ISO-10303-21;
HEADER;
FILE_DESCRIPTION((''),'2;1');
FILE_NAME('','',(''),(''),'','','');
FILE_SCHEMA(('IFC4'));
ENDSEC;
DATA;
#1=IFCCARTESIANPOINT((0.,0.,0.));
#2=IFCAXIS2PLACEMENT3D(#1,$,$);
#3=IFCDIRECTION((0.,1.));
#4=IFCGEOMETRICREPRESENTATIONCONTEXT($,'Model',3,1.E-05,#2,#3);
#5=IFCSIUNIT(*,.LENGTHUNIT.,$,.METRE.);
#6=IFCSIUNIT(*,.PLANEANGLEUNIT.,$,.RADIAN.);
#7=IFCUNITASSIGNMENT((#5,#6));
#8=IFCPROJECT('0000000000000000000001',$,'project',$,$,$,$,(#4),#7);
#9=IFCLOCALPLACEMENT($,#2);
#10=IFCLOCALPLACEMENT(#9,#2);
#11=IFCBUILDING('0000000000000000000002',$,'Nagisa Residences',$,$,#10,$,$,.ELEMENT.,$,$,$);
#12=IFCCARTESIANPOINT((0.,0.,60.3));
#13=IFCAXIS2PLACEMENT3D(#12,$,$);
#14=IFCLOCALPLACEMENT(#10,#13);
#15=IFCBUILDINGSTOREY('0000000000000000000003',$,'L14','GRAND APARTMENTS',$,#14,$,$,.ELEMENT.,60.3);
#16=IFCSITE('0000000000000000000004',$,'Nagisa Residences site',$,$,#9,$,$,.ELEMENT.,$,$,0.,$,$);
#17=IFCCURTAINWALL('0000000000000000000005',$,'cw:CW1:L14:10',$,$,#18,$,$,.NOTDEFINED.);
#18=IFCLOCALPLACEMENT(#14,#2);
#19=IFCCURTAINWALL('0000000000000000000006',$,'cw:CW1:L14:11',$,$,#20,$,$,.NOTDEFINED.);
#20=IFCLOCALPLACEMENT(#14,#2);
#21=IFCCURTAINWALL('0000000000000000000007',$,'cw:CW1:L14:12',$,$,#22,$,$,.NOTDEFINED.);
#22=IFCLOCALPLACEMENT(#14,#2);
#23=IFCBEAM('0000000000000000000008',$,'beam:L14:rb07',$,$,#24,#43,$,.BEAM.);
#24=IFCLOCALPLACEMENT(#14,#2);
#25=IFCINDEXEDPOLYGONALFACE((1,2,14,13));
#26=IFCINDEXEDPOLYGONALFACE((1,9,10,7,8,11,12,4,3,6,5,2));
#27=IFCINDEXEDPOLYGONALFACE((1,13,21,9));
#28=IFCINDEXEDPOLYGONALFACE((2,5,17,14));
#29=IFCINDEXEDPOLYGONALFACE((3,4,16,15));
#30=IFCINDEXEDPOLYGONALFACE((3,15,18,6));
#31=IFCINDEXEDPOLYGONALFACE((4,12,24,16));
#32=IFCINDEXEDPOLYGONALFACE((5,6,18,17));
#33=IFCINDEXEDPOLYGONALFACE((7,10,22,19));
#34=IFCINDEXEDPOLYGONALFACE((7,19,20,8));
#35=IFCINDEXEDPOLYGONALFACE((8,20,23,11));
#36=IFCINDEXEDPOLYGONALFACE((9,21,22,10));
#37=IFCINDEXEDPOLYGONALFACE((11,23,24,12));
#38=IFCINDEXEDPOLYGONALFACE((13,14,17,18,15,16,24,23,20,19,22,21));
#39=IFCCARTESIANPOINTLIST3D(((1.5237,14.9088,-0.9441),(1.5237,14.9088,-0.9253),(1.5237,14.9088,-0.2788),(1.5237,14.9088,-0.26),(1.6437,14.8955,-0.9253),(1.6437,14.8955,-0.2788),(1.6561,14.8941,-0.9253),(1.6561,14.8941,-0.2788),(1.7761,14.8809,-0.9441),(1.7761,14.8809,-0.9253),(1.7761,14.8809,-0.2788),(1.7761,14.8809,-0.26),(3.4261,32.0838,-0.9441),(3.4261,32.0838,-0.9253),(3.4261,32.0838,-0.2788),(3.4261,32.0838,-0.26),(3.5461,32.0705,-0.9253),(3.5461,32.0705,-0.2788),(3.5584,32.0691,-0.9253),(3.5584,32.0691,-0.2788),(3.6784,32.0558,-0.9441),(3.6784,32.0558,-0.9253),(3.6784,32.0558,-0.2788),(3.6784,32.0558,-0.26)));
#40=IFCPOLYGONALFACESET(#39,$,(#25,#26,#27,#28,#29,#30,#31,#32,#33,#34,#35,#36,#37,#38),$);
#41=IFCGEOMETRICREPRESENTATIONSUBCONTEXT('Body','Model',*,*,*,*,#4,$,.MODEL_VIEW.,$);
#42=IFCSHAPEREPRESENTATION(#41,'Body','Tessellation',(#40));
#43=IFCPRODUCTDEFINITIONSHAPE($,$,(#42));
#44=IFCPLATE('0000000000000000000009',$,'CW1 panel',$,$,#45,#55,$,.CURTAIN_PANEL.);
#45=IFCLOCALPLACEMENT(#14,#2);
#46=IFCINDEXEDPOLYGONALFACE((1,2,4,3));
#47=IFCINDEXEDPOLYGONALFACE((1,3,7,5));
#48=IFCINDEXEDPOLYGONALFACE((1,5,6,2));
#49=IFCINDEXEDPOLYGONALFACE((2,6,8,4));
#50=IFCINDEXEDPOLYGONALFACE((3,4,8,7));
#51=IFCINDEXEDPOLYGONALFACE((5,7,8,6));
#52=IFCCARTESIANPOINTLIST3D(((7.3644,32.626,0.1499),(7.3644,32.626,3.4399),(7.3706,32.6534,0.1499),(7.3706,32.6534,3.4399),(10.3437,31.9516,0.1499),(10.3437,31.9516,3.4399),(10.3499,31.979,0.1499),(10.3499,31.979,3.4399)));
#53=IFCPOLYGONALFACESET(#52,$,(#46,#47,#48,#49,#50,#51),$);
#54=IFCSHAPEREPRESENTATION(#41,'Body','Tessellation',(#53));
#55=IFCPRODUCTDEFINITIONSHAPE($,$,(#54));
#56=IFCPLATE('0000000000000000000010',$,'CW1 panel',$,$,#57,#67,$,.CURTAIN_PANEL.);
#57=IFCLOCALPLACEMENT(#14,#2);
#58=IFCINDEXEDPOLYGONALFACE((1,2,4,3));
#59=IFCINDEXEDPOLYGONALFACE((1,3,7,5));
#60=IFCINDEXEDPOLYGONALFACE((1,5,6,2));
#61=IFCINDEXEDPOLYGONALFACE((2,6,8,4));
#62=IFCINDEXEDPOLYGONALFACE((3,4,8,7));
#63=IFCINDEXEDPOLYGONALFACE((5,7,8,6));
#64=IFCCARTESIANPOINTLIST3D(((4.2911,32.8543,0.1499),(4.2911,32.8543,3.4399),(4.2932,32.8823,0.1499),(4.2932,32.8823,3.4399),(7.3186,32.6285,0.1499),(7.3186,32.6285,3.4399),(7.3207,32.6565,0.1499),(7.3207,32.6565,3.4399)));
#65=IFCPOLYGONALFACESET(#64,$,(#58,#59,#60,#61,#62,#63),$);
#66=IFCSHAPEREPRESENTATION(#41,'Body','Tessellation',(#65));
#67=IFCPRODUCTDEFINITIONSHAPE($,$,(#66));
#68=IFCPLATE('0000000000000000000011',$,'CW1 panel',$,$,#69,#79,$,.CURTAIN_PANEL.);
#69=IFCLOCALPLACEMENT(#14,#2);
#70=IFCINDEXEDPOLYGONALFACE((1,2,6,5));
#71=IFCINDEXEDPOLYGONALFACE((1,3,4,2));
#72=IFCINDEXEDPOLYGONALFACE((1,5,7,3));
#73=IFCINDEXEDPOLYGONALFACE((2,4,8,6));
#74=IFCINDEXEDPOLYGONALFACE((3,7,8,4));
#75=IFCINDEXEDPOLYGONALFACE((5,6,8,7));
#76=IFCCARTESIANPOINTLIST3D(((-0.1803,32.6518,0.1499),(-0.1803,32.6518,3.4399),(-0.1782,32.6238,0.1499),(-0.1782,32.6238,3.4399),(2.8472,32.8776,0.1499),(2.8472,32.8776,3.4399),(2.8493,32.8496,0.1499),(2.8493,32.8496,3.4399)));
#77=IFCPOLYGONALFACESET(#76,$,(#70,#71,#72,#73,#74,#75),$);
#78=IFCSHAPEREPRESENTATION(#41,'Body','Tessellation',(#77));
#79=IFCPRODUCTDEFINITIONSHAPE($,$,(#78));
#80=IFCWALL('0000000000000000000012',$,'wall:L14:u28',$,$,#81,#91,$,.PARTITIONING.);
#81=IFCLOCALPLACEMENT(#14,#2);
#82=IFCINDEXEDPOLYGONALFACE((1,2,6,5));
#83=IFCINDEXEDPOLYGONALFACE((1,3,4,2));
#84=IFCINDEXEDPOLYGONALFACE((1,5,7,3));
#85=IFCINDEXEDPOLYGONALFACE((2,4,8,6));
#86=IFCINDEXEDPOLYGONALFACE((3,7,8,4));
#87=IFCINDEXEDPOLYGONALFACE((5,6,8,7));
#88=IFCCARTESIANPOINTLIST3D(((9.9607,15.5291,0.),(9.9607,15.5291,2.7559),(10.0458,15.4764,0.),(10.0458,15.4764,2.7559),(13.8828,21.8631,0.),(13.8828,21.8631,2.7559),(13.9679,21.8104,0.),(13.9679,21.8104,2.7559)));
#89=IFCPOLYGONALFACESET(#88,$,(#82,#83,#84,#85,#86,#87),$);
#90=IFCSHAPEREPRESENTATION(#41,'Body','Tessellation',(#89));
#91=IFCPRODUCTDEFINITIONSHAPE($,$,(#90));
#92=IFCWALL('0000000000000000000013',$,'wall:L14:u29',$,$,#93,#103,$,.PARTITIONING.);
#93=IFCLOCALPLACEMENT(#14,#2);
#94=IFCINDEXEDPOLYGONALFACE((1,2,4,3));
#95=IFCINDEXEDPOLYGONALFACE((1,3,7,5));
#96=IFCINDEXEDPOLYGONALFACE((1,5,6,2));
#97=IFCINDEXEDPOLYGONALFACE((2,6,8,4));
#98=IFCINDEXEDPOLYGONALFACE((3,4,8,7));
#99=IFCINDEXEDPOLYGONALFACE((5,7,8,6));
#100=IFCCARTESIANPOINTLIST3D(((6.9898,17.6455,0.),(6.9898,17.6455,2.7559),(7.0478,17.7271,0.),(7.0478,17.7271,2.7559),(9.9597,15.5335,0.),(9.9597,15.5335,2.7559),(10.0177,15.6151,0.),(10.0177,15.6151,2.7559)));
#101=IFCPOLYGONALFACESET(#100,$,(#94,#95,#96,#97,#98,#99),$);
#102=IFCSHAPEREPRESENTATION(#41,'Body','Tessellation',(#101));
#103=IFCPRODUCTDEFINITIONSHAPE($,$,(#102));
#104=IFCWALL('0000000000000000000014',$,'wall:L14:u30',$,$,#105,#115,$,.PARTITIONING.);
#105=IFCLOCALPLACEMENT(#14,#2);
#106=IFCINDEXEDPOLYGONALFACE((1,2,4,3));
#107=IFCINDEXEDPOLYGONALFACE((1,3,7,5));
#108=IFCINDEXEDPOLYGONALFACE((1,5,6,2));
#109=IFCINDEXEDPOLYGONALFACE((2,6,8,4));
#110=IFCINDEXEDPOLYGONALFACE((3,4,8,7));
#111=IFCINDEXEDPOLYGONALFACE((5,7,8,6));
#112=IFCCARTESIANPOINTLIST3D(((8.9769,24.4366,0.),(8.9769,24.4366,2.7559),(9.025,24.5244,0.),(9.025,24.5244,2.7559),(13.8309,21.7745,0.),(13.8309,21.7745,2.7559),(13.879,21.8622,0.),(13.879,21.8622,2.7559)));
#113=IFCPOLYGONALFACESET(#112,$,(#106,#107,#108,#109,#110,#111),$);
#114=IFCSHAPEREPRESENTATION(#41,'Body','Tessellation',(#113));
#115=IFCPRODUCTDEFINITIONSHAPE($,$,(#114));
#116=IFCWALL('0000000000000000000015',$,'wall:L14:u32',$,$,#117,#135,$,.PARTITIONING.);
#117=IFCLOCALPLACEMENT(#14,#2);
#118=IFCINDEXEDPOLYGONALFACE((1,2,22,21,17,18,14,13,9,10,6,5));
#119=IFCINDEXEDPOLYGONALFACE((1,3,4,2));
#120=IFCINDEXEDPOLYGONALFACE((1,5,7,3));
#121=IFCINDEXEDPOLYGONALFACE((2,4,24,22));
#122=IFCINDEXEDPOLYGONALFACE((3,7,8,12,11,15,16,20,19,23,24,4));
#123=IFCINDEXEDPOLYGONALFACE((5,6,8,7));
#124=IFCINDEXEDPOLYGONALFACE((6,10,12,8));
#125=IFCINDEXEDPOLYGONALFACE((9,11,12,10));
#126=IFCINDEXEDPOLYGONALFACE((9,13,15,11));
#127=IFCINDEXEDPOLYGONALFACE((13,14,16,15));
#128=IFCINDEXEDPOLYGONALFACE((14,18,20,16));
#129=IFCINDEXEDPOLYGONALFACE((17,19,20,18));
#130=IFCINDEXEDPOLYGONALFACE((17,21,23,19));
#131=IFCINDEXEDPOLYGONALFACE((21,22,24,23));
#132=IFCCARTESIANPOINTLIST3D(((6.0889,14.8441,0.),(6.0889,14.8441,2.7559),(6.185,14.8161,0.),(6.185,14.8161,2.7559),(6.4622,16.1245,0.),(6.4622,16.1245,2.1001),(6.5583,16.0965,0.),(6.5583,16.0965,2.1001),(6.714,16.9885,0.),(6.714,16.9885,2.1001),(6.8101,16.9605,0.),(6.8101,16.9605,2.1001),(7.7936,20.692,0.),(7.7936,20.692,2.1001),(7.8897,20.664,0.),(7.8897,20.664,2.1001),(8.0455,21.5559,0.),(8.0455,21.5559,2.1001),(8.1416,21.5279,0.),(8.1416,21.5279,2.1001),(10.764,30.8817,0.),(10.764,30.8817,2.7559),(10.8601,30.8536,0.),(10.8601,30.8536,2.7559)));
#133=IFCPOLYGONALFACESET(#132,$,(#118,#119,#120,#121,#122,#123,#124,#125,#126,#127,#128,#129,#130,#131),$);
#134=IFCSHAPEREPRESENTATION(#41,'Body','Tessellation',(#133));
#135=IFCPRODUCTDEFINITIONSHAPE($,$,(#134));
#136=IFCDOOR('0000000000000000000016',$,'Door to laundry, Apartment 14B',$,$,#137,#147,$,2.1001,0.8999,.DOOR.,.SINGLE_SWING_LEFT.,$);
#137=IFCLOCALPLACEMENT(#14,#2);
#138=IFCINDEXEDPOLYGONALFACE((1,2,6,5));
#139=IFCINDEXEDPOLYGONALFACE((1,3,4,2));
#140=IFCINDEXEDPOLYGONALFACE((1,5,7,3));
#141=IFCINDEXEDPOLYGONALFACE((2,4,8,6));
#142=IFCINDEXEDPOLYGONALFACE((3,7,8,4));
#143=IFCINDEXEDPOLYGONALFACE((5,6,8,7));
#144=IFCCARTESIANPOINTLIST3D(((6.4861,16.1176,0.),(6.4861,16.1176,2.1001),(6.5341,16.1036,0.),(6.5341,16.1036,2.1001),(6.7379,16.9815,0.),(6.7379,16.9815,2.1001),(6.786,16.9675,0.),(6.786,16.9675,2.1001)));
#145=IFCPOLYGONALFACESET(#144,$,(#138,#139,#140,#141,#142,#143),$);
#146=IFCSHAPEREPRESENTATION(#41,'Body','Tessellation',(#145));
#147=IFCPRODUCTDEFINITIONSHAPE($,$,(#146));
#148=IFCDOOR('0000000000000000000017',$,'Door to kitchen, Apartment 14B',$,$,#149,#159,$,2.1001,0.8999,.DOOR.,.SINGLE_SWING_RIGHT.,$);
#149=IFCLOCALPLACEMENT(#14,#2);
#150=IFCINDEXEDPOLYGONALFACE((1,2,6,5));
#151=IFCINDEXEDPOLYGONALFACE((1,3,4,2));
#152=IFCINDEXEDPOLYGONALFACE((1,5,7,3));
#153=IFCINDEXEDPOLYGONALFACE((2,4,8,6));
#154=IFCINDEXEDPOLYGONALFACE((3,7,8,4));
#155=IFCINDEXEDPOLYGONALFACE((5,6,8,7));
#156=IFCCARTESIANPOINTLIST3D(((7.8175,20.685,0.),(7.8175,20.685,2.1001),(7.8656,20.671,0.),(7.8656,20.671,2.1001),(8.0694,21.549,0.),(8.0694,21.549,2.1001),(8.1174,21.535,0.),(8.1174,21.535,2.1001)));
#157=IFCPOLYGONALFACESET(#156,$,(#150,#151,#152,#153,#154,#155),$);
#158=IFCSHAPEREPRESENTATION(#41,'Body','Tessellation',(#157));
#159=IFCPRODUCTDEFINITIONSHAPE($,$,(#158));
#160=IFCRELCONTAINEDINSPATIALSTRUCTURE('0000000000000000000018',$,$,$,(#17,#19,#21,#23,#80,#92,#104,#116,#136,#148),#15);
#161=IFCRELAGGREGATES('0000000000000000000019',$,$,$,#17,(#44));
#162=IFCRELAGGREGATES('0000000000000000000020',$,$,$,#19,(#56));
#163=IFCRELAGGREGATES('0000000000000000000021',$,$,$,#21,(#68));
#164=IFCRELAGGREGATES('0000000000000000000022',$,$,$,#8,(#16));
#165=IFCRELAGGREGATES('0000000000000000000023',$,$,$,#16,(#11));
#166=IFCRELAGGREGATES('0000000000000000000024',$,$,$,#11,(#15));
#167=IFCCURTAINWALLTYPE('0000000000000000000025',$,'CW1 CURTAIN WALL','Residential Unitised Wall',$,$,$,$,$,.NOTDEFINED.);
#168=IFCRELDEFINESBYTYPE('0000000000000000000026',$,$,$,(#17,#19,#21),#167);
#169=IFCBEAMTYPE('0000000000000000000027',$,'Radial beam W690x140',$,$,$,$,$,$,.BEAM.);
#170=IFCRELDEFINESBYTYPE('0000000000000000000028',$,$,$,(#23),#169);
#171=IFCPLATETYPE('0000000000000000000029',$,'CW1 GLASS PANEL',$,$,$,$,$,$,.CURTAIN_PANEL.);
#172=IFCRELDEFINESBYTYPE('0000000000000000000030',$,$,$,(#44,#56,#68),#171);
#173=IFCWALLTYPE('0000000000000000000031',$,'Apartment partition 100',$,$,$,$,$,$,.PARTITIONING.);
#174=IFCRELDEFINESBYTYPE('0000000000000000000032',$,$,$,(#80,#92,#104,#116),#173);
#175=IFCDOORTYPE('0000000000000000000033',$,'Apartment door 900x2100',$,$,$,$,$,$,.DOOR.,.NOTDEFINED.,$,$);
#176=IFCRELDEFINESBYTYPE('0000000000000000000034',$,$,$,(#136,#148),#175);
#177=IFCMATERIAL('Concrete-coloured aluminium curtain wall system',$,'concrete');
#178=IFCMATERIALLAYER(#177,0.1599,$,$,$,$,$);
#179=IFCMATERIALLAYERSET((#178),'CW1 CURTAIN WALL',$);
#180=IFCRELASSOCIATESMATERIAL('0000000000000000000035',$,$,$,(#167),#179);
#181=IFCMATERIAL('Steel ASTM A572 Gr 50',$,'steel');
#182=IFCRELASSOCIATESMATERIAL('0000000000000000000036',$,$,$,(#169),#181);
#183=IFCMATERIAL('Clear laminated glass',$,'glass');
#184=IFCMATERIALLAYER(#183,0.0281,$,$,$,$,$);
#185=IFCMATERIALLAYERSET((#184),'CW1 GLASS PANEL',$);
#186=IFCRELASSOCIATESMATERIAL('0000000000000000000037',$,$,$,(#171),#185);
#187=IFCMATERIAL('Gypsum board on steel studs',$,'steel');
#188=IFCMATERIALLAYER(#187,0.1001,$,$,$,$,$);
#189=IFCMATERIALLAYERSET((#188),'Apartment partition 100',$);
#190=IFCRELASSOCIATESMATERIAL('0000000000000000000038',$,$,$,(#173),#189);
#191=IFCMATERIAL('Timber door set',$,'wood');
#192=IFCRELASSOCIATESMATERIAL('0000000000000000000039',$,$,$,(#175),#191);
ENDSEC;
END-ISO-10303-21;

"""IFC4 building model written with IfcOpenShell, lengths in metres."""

from ifc_helpers import new_model, si_unit, direction, frame, frame_2d, origin, origin_2d, place, context, subcontext, project, spatial, rectangle, i_section, extrude, material, layer, layer_set, material_profile, profile_set, type_object, element, fill, aggregate, save


model = new_model("IFC4")

# Units and contexts
model_context = context("Model", 3, precision=1e-05, world=origin(), true_north=direction((0.0, 1.0)))
body_context = subcontext(model_context, "Body", "Model", "MODEL_VIEW")
ifc_project = project(units=[si_unit("LENGTHUNIT", "METRE"), si_unit("PLANEANGLEUNIT", "RADIAN")], contexts=[model_context])

# Site, building, storey
site_placement = place(None, origin())
site = spatial("IfcSite", under=ifc_project, at=site_placement, Name="Nagisa Residences site", CompositionType="ELEMENT", RefElevation=0.0)
building_placement = place(site_placement, origin())
building = spatial("IfcBuilding", under=site, at=building_placement, Name="Nagisa Residences", CompositionType="ELEMENT")
storey_placement = place(building_placement, frame((0.0, 0.0, 60.3)))
storey = spatial("IfcBuildingStorey", under=building, at=storey_placement, Name="L14", Description="GRAND APARTMENTS", CompositionType="ELEMENT", Elevation=60.3)

# Curtain walls
ifc_material_1 = material(Name="Concrete-coloured aluminium curtain wall system", Category="concrete")
ifc_layer_1 = layer(ifc_material_1, 0.1599)
ifc_layer_set_1 = layer_set([ifc_layer_1], Name="CW1 CURTAIN WALL")
curtain_wall_type = type_object("IfcCurtainWallType", Name="CW1 CURTAIN WALL", Description="Residential Unitised Wall", PredefinedType="NOTDEFINED", material=ifc_layer_set_1)
curtain_wall_1_placement = place(storey_placement, origin())
curtain_wall_1 = element("IfcCurtainWall", 1, at=curtain_wall_1_placement, inside=storey, type_object=curtain_wall_type, Name="cw:CW1:L14:10", PredefinedType="NOTDEFINED")
curtain_wall_2_placement = place(storey_placement, origin())
curtain_wall_2 = element("IfcCurtainWall", 2, at=curtain_wall_2_placement, inside=storey, type_object=curtain_wall_type, Name="cw:CW1:L14:11", PredefinedType="NOTDEFINED")
curtain_wall_3_placement = place(storey_placement, origin())
curtain_wall_3 = element("IfcCurtainWall", 3, at=curtain_wall_3_placement, inside=storey, type_object=curtain_wall_type, Name="cw:CW1:L14:12", PredefinedType="NOTDEFINED")

# Beam
ifc_material_2 = material(Name="Steel ASTM A572 Gr 50", Category="steel")
ifc_material_profile_1 = material_profile(ifc_material_2, i_section(OverallWidth=0.2539, OverallDepth=0.6841, WebThickness=0.0125, FlangeThickness=0.0188, at=origin_2d()), Name="W690x140")
ifc_profile_set_1 = profile_set([ifc_material_profile_1], Name="Steel ASTM A572 Gr 50")
beam_type_1 = type_object("IfcBeamType", Name="Radial beam W690x140", PredefinedType="BEAM", material=ifc_profile_set_1)
beam_1_placement = place(storey_placement, frame((3.5522, 32.0698, -0.6021), z_axis=(-0.110089, -0.993922, 0.0), x_axis=(0.993922, -0.110089, 0.0)))
element("IfcBeam", 4, at=beam_1_placement, inside=storey, type_object=beam_type_1, Name="beam:L14:rb07", PredefinedType="BEAM", context=body_context, shape_type="SweptSolid", body=[
    extrude(i_section(OverallWidth=0.2539, OverallDepth=0.6841, WebThickness=0.0125, FlangeThickness=0.0188, at=origin_2d()), origin(), (0.0, 0.0, 1.0), 17.28),
])

# Plates
ifc_material_3 = material(Name="Clear laminated glass", Category="glass")
ifc_layer_2 = layer(ifc_material_3, 0.0281)
ifc_layer_set_2 = layer_set([ifc_layer_2], Name="CW1 GLASS PANEL")
plate_type = type_object("IfcPlateType", Name="CW1 GLASS PANEL", PredefinedType="CURTAIN_PANEL", material=ifc_layer_set_2)
plate_1_placement = place(storey_placement, frame((8.8572, 32.3025, 0.1499), z_axis=(0.0, 0.0, 1.0), x_axis=(-0.975327, 0.220764, 0.0)))
plate_1 = element("IfcPlate", 5, at=plate_1_placement, type_object=plate_type, Name="CW1 panel", PredefinedType="CURTAIN_PANEL", context=body_context, shape_type="SweptSolid", body=[
    extrude(rectangle(XDim=3.0547, YDim=0.0281, at=origin_2d()), origin(), (0.0, 0.0, 1.0), 3.29),
])
aggregate(curtain_wall_1, [plate_1])
plate_2_placement = place(storey_placement, frame((5.8059, 32.7554, 0.1499), z_axis=(0.0, 0.0, 1.0), x_axis=(-0.99723, 0.074377, 0.0)))
plate_2 = element("IfcPlate", 6, at=plate_2_placement, type_object=plate_type, Name="CW1 panel", PredefinedType="CURTAIN_PANEL", context=body_context, shape_type="SweptSolid", body=[
    extrude(rectangle(XDim=3.0359, YDim=0.0281, at=origin_2d()), origin(), (0.0, 0.0, 1.0), 3.29),
])
aggregate(curtain_wall_2, [plate_2])
plate_3_placement = place(storey_placement, frame((1.3345, 32.7507, 0.1499), z_axis=(0.0, 0.0, 1.0), x_axis=(-0.99723, -0.074377, 0.0)))
plate_3 = element("IfcPlate", 7, at=plate_3_placement, type_object=plate_type, Name="CW1 panel", PredefinedType="CURTAIN_PANEL", context=body_context, shape_type="SweptSolid", body=[
    extrude(rectangle(XDim=3.0359, YDim=0.0281, at=origin_2d()), origin(), (0.0, 0.0, 1.0), 3.29),
])
aggregate(curtain_wall_3, [plate_3])

# Walls
ifc_material_4 = material(Name="Gypsum board on steel studs", Category="steel")
ifc_layer_3 = layer(ifc_material_4, 0.1001)
ifc_layer_set_3 = layer_set([ifc_layer_3], Name="Apartment partition 100")
wall_type_1 = type_object("IfcWallType", Name="Apartment partition 100", PredefinedType="PARTITIONING", material=ifc_layer_set_3)
wall_1_placement = place(storey_placement, frame((10.0032, 15.5027, 0.0), z_axis=(0.0, 0.0, 1.0), x_axis=(0.52646, 0.8502, 0.0)))
element("IfcWall", 8, at=wall_1_placement, inside=storey, type_object=wall_type_1, Name="wall:L14:u28", PredefinedType="PARTITIONING", context=body_context, shape_type="SweptSolid", body=[
    extrude(rectangle(XDim=7.45, YDim=0.1001, at=frame_2d((3.7251, 0.0))), origin(), (0.0, 0.0, 1.0), 2.7559),
])
wall_2_placement = place(storey_placement, frame((9.9888, 15.5742, 0.0), z_axis=(0.0, 0.0, 1.0), x_axis=(-0.814945, 0.579539, 0.0)))
element("IfcWall", 9, at=wall_2_placement, inside=storey, type_object=wall_type_1, Name="wall:L14:u29", PredefinedType="PARTITIONING", context=body_context, shape_type="SweptSolid", body=[
    extrude(rectangle(XDim=3.6443, YDim=0.1001, at=frame_2d((1.8223, 0.0))), origin(), (0.0, 0.0, 1.0), 2.7559),
])
wall_3_placement = place(storey_placement, frame((13.855, 21.8184, 0.0), z_axis=(0.0, 0.0, 1.0), x_axis=(-0.876794, 0.480865, 0.0)))
element("IfcWall", 10, at=wall_3_placement, inside=storey, type_object=wall_type_1, Name="wall:L14:u30", PredefinedType="PARTITIONING", context=body_context, shape_type="SweptSolid", body=[
    extrude(rectangle(XDim=5.5361, YDim=0.1001, at=frame_2d((2.7681, 0.0))), origin(), (0.0, 0.0, 1.0), 2.7559),
])

# Wall, openings, doors
wall_4_placement = place(storey_placement, frame((6.137, 14.8301, 0.0), z_axis=(0.0, 0.0, 1.0), x_axis=(0.279857, 0.960042, 0.0)))
wall_4 = element("IfcWall", 11, at=wall_4_placement, inside=storey, type_object=wall_type_1, Name="wall:L14:u32", PredefinedType="PARTITIONING", context=body_context, shape_type="SweptSolid", body=[
    extrude(rectangle(XDim=16.7051, YDim=0.1001, at=frame_2d((8.3525, 0.0))), origin(), (0.0, 0.0, 1.0), 2.7559),
])
opening_1_placement = place(wall_4_placement, frame((1.3337, 0.0, 0.0)))
opening_1 = element("IfcOpeningElement", 12, at=opening_1_placement, cuts=wall_4, PredefinedType="OPENING", context=body_context, shape_type="SweptSolid", body=[
    extrude(rectangle(XDim=0.8999, YDim=2.1001, at=frame_2d((0.45, 1.05))), frame((0.0, 0.0601, 0.0), z_axis=(0.0, -1.0, 0.0), x_axis=(1.0, 0.0, 0.0)), (0.0, 0.0, 1.0), 0.1201),
])
opening_2_placement = place(wall_4_placement, frame((6.0913, 0.0, 0.0)))
opening_2 = element("IfcOpeningElement", 13, at=opening_2_placement, cuts=wall_4, PredefinedType="OPENING", context=body_context, shape_type="SweptSolid", body=[
    extrude(rectangle(XDim=0.8999, YDim=2.1001, at=frame_2d((0.45, 1.05))), frame((0.0, 0.0601, 0.0), z_axis=(0.0, -1.0, 0.0), x_axis=(1.0, 0.0, 0.0)), (0.0, 0.0, 1.0), 0.1201),
])
ifc_material_5 = material(Name="Timber door set", Category="wood")
door_type_1 = type_object("IfcDoorType", Name="Apartment door 900x2100", OperationType="NOTDEFINED", PredefinedType="DOOR", material=ifc_material_5)
door_1_placement = place(opening_1_placement, frame((0.8999, 0.0, 0.0), x_axis=(-1.0, 0.0, 0.0)))
door_1 = element("IfcDoor", 14, at=door_1_placement, inside=storey, type_object=door_type_1, Name="Door to laundry, Apartment 14B", OperationType="SINGLE_SWING_LEFT", OverallHeight=2.1001, OverallWidth=0.8999, PredefinedType="DOOR", context=body_context, shape_type="SweptSolid", body=[
    extrude(rectangle(XDim=0.8999, YDim=2.1001, at=frame_2d((0.45, 1.05))), frame((0.0, 0.0249, 0.0), z_axis=(0.0, -1.0, 0.0), x_axis=(1.0, 0.0, 0.0)), (0.0, 0.0, 1.0), 0.05),
])
fill(opening_1, door_1)
door_2_placement = place(opening_2_placement, frame((0.8999, 0.0, 0.0), x_axis=(-1.0, 0.0, 0.0)))
door_2 = element("IfcDoor", 15, at=door_2_placement, inside=storey, type_object=door_type_1, Name="Door to kitchen, Apartment 14B", OperationType="SINGLE_SWING_RIGHT", OverallHeight=2.1001, OverallWidth=0.8999, PredefinedType="DOOR", context=body_context, shape_type="SweptSolid", body=[
    extrude(rectangle(XDim=0.8999, YDim=2.1001, at=frame_2d((0.45, 1.05))), frame((0.0, 0.0249, 0.0), z_axis=(0.0, -1.0, 0.0), x_axis=(1.0, 0.0, 0.0)), (0.0, 0.0, 1.0), 0.05),
])
fill(opening_2, door_2)

save(model, "model.ifc")
